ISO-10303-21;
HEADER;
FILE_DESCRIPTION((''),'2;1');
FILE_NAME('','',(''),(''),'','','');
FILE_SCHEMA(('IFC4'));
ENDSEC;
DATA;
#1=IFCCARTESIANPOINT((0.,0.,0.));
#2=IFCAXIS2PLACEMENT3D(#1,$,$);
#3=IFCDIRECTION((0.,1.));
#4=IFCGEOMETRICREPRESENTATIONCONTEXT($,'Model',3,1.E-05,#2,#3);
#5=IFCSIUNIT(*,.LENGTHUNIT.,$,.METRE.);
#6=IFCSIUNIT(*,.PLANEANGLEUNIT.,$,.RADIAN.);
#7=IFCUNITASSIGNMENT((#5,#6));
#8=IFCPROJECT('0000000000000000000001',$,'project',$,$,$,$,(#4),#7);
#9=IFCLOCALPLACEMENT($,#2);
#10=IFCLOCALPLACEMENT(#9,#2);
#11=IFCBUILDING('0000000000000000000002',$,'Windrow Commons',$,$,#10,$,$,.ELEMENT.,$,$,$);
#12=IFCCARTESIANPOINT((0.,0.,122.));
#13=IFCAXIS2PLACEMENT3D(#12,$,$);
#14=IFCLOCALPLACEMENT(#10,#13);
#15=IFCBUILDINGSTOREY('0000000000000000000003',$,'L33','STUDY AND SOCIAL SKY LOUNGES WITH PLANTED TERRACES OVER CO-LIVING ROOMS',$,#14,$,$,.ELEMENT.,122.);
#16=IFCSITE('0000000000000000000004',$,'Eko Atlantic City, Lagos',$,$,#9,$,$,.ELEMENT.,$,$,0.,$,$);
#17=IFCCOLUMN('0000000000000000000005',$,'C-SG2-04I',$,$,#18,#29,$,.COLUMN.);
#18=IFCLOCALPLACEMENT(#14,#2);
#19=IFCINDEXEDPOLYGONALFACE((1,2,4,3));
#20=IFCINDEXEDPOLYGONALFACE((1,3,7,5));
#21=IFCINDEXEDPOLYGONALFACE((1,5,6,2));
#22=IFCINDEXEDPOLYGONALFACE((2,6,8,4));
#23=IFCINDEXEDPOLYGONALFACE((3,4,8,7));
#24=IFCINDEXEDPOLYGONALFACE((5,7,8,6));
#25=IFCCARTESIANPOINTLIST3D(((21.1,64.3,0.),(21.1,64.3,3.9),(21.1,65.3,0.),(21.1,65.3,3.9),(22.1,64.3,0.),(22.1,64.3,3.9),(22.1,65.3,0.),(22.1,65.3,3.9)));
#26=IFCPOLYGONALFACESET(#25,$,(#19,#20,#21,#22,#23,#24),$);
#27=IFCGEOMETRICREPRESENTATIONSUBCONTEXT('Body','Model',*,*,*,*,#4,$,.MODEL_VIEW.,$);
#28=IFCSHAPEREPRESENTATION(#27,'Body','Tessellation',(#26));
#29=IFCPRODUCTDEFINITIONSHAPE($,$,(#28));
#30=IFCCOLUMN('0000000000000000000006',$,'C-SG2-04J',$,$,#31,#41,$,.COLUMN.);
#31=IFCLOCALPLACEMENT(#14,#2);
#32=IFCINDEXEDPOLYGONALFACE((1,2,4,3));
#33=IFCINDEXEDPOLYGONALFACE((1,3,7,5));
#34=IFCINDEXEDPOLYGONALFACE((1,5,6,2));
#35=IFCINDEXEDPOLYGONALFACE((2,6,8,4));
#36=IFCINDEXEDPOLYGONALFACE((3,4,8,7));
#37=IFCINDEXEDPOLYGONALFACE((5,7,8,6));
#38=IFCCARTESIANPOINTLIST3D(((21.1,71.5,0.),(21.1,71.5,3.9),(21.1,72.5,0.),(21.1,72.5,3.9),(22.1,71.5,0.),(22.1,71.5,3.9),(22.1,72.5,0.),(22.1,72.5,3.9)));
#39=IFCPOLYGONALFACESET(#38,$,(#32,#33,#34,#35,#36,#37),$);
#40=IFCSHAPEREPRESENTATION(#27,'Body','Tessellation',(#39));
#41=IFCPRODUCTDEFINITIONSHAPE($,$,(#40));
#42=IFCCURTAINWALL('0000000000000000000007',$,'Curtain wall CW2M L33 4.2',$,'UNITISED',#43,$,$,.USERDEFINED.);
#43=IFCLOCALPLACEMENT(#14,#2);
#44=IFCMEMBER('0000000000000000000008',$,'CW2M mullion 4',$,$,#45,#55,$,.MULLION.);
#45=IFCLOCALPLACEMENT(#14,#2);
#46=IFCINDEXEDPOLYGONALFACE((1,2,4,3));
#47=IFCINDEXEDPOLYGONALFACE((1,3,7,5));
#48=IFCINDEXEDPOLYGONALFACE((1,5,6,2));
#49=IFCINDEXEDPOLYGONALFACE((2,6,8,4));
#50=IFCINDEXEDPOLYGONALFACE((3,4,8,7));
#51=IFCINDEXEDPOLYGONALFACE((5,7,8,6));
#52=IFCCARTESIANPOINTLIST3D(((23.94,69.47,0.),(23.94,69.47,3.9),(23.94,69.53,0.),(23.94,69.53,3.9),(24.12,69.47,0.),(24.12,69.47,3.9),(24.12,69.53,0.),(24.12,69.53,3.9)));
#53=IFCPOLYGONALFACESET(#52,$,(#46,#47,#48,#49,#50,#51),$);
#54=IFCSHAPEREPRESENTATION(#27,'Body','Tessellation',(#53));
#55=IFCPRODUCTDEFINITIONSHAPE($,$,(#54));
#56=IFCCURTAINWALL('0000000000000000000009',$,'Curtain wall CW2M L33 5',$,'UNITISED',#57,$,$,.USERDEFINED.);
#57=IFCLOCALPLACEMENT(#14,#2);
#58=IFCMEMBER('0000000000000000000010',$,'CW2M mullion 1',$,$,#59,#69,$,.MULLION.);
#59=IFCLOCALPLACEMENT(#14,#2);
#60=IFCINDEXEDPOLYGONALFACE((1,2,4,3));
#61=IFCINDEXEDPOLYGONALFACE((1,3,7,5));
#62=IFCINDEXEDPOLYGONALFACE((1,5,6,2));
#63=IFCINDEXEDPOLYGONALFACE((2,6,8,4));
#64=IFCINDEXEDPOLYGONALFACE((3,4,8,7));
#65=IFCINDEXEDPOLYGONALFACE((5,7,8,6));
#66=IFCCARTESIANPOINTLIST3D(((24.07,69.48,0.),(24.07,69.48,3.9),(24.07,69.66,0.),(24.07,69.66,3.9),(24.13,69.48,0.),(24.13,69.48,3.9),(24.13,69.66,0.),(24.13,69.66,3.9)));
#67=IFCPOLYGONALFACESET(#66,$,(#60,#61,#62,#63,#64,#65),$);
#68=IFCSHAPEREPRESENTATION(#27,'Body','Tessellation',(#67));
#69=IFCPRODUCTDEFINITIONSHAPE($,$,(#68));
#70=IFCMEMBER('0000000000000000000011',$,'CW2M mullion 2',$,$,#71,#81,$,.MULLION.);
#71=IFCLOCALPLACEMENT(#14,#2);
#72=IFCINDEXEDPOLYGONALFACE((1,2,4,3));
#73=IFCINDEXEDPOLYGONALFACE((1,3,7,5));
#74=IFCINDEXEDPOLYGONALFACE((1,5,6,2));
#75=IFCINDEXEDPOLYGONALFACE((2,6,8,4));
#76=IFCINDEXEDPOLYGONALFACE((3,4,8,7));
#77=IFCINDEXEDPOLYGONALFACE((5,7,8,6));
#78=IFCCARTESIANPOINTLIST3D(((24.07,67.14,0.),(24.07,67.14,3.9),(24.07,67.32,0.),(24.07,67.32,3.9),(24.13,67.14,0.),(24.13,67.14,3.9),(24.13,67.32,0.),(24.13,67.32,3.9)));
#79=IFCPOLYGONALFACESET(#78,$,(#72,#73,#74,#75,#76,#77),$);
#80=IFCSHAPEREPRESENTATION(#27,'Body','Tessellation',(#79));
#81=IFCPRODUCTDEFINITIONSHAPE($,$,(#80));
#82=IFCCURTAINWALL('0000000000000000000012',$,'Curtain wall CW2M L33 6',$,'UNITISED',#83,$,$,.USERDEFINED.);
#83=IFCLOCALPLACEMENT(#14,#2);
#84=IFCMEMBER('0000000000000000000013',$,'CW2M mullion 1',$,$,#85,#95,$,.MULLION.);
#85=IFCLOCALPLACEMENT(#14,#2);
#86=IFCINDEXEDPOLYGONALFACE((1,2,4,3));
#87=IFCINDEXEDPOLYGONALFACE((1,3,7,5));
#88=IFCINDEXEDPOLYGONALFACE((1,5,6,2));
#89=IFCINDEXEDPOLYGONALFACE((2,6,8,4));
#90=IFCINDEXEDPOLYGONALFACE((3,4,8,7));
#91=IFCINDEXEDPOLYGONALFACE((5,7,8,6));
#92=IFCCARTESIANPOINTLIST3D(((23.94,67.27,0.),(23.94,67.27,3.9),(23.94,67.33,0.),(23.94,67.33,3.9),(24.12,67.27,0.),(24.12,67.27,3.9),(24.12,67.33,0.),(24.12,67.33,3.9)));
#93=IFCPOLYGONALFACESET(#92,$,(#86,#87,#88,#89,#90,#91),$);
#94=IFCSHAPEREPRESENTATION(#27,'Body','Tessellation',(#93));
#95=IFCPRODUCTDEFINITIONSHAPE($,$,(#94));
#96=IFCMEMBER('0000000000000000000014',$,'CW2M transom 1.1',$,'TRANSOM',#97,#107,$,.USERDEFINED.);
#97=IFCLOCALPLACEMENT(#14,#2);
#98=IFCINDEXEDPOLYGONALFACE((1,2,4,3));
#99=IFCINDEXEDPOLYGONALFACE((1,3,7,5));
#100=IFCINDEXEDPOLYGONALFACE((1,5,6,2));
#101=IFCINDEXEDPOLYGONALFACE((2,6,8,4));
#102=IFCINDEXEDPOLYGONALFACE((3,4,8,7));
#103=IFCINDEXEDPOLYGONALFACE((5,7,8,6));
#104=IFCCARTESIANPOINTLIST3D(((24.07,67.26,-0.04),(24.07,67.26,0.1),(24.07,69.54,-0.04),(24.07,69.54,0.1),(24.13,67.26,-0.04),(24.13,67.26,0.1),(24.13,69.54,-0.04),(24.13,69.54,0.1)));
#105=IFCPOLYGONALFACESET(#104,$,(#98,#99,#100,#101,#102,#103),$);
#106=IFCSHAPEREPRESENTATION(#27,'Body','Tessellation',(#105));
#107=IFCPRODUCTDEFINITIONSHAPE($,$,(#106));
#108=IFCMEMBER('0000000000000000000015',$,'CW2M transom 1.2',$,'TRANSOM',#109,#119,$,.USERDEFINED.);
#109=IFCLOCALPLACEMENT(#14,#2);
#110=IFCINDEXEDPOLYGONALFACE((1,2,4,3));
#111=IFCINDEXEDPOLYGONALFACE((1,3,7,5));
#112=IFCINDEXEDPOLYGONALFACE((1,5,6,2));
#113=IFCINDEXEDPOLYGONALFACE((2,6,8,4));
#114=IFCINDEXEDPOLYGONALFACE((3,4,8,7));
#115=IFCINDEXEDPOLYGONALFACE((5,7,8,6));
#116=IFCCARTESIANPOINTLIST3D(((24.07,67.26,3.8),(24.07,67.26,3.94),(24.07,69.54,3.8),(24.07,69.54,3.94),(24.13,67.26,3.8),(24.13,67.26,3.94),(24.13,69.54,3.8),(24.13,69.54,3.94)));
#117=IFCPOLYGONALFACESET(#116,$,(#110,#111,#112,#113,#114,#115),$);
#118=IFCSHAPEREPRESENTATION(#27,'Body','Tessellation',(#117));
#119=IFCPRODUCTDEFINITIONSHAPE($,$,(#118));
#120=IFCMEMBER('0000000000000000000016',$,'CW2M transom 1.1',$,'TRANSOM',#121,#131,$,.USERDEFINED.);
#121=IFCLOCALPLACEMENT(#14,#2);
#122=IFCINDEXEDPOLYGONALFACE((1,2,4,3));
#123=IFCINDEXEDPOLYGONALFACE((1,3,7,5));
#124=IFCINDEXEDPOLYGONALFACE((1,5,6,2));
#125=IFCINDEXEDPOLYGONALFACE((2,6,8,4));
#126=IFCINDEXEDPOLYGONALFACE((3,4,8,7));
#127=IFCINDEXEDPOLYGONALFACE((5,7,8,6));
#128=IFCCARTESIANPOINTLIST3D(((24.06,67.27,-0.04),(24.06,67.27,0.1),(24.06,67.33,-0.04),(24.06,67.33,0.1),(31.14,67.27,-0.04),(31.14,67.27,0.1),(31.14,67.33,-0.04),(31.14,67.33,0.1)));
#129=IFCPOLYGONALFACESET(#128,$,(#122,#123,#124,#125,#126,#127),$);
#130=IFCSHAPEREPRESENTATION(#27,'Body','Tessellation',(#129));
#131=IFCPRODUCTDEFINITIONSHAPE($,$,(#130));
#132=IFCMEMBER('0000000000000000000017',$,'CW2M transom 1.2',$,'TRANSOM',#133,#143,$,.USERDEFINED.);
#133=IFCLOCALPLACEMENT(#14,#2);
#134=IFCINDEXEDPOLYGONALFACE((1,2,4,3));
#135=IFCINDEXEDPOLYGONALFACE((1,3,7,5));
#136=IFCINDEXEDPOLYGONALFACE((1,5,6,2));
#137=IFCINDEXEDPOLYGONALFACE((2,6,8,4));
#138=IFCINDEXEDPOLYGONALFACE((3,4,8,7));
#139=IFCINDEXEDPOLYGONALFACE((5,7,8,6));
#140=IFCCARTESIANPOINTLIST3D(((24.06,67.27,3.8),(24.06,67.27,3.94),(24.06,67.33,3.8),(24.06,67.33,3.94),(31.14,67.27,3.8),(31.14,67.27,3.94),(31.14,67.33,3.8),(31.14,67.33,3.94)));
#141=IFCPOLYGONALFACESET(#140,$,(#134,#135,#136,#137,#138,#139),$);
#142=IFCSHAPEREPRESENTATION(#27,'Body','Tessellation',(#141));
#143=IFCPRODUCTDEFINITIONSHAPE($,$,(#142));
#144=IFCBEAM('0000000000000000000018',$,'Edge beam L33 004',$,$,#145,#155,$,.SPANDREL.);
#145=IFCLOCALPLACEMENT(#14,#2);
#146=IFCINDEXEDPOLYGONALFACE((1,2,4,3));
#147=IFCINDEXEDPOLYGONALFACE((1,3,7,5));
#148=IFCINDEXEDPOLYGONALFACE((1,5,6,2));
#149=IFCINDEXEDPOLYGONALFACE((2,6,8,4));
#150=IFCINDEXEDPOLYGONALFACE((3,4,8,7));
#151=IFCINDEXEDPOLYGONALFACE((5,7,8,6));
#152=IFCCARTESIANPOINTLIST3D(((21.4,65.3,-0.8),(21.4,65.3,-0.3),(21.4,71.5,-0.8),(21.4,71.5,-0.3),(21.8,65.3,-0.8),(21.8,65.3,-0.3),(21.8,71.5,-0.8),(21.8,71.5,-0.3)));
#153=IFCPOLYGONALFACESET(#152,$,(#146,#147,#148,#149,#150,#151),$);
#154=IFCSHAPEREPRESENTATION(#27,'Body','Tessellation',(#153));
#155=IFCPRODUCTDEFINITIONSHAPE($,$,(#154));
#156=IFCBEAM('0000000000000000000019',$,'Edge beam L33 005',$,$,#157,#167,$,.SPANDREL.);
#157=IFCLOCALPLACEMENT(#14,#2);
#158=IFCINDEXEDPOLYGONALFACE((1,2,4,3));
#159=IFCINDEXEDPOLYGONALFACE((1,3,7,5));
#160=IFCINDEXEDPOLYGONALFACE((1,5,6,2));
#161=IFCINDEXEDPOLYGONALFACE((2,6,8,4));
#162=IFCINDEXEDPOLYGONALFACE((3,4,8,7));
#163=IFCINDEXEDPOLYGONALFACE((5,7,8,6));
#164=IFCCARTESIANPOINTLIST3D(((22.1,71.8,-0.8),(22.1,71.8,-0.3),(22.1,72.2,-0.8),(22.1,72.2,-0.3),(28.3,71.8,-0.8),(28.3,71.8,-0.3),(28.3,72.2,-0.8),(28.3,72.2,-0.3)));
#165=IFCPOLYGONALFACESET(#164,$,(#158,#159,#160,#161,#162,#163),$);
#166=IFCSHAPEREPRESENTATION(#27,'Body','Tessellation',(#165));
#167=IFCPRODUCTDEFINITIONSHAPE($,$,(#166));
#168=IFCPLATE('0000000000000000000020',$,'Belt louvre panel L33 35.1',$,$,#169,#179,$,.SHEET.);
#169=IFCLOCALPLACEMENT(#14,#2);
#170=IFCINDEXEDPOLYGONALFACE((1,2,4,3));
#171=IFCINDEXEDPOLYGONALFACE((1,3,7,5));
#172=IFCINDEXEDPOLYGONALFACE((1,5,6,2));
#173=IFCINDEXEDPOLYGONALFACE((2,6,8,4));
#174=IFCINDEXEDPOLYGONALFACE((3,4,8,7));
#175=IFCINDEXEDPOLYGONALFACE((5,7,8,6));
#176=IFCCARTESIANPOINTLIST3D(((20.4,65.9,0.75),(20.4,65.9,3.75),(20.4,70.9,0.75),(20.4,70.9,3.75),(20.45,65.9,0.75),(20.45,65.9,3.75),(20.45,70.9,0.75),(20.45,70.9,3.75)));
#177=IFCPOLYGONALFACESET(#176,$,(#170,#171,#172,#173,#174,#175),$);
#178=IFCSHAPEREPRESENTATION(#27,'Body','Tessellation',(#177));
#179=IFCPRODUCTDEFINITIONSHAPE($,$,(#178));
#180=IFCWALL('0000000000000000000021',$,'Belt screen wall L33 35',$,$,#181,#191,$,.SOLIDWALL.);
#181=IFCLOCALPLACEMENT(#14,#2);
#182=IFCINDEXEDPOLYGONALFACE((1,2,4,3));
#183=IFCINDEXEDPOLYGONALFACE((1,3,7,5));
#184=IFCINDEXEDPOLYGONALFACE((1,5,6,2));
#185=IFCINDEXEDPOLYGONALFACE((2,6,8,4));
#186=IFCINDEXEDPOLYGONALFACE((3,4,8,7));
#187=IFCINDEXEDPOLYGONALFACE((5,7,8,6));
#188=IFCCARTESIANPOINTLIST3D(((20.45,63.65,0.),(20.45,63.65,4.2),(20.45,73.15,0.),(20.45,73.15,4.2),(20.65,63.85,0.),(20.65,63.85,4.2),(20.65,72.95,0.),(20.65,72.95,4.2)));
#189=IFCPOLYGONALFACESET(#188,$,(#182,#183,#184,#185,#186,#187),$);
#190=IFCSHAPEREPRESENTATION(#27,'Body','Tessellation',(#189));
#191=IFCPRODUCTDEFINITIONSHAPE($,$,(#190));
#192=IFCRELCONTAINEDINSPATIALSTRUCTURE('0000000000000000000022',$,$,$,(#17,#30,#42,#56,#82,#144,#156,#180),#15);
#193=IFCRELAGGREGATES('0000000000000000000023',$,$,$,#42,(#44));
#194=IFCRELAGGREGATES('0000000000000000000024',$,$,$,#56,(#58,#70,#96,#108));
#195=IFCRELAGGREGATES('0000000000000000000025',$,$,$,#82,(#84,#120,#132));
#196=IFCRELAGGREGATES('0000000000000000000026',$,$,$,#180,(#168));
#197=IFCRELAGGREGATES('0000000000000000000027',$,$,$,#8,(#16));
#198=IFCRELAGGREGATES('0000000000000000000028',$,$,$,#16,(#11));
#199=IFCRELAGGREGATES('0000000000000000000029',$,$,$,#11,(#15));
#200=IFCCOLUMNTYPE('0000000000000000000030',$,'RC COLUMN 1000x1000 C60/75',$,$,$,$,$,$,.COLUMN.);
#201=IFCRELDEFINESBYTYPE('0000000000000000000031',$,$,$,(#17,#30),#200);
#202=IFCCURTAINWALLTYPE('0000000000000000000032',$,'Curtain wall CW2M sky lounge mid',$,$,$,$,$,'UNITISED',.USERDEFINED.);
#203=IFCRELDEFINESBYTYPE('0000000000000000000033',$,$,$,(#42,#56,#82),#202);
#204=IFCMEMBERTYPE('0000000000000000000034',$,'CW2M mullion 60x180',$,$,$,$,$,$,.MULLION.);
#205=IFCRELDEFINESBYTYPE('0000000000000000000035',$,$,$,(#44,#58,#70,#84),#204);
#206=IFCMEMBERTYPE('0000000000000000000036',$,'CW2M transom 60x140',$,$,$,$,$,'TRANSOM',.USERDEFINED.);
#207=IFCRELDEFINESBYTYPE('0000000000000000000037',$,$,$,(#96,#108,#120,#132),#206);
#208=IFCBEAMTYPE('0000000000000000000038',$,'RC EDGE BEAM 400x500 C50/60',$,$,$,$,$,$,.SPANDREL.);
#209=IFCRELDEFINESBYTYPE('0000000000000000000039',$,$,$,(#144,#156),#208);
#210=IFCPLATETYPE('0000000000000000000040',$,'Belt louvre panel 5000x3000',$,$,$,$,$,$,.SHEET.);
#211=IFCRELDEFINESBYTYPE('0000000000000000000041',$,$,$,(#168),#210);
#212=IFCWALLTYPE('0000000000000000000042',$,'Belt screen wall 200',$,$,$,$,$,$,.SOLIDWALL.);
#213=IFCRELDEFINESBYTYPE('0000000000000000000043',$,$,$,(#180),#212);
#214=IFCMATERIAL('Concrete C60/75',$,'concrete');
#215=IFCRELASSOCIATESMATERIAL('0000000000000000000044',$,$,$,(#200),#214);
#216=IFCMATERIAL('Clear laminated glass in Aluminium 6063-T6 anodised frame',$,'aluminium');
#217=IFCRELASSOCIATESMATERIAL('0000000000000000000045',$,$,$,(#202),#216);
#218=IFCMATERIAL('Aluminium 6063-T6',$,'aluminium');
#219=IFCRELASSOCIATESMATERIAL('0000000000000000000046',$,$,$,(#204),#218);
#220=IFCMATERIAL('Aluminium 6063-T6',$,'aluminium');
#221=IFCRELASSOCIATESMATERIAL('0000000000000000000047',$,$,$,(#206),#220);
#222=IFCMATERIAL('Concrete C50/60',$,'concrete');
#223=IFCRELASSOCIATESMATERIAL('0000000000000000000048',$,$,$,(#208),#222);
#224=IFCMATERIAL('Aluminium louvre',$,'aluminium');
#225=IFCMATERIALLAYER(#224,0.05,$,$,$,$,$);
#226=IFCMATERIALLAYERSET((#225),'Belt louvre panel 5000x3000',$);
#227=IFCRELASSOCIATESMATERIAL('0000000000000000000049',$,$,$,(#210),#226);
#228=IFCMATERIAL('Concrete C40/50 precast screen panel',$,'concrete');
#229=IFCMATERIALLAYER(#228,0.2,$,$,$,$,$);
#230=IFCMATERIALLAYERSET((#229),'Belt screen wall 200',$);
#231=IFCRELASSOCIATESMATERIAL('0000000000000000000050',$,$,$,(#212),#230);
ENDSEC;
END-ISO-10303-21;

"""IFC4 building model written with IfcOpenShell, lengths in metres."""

from ifc_helpers import new_model, si_unit, direction, frame, origin, origin_2d, place, context, subcontext, project, spatial, polyline, rectangle, outline, extrude, material, layer, layer_set, material_profile, profile_set, type_object, element, aggregate, save


model = new_model("IFC4")

# Units and contexts
model_context = context("Model", 3, precision=1e-05, world=origin(), true_north=direction((0.0, 1.0)))
body_context = subcontext(model_context, "Body", "Model", "MODEL_VIEW")
ifc_project = project(units=[si_unit("LENGTHUNIT", "METRE"), si_unit("PLANEANGLEUNIT", "RADIAN")], contexts=[model_context])

# Site, building, storey
site_placement = place(None, origin())
site = spatial("IfcSite", under=ifc_project, at=site_placement, Name="Eko Atlantic City, Lagos", CompositionType="ELEMENT", RefElevation=0.0)
building_placement = place(site_placement, origin())
building = spatial("IfcBuilding", under=site, at=building_placement, Name="Windrow Commons", CompositionType="ELEMENT")
storey_placement = place(building_placement, frame((0.0, 0.0, 122.0)))
storey = spatial("IfcBuildingStorey", under=building, at=storey_placement, Name="L33", Description="STUDY AND SOCIAL SKY LOUNGES WITH PLANTED TERRACES OVER CO-LIVING ROOMS", CompositionType="ELEMENT", Elevation=122.0)

# Columns
ifc_material_1 = material(Name="Concrete C60/75", Category="concrete")
ifc_material_profile_1 = material_profile(ifc_material_1, rectangle(XDim=1.0, YDim=1.0, at=origin_2d()))
ifc_profile_set_1 = profile_set([ifc_material_profile_1], Name="Concrete C60/75")
column_type = type_object("IfcColumnType", Name="RC COLUMN 1000x1000 C60/75", PredefinedType="COLUMN", material=ifc_profile_set_1)
for number, where, z_axis, x_axis, name in (
    (1, (21.6, 64.8, 0.0), (0.0, 0.0, 1.0), (1.0, 0.0, 0.0), "C-SG2-04I"),
    (2, (21.6, 72.0, 0.0), (0.0, 0.0, 1.0), (1.0, 0.0, 0.0), "C-SG2-04J"),
):
    element("IfcColumn", number, at=place(storey_placement, frame(where, z_axis=z_axis, x_axis=x_axis)), inside=storey, type_object=column_type, Name=name, PredefinedType="COLUMN", context=body_context, shape_type="SweptSolid", body=[
        extrude(rectangle(XDim=1.0, YDim=1.0, at=origin_2d()), origin(), (0.0, 0.0, 1.0), 3.9),
    ])

# Curtain wall, member
ifc_material_2 = material(Name="Clear laminated glass in Aluminium 6063-T6 anodised frame", Category="aluminium")
curtain_wall_type = type_object("IfcCurtainWallType", Name="Curtain wall CW2M sky lounge mid", ElementType="UNITISED", PredefinedType="USERDEFINED", material=ifc_material_2)
placement = place(storey_placement, origin())
curtain_wall_1 = element("IfcCurtainWall", 3, at=placement, inside=storey, type_object=curtain_wall_type, Name="Curtain wall CW2M L33 4.2", ObjectType="UNITISED", PredefinedType="USERDEFINED")
ifc_material_3 = material(Name="Aluminium 6063-T6", Category="aluminium")
ifc_material_profile_2 = material_profile(ifc_material_3, rectangle(XDim=0.06, YDim=0.18, at=origin_2d()))
ifc_profile_set_2 = profile_set([ifc_material_profile_2], Name="Aluminium 6063-T6")
member_type_1 = type_object("IfcMemberType", Name="CW2M mullion 60x180", PredefinedType="MULLION", material=ifc_profile_set_2)
member_1_placement = place(storey_placement, frame((24.03, 69.5, 0.0), z_axis=(0.0, 0.0, 1.0), x_axis=(0.0, -1.0, 0.0)))
member_1 = element("IfcMember", 4, at=member_1_placement, type_object=member_type_1, Name="CW2M mullion 4", PredefinedType="MULLION", context=body_context, shape_type="SweptSolid", body=[
    extrude(rectangle(XDim=0.06, YDim=0.18, at=origin_2d()), origin(), (0.0, 0.0, 1.0), 3.9),
])
aggregate(curtain_wall_1, [member_1])

# Curtain wall, members
curtain_wall_2 = element("IfcCurtainWall", 5, at=placement, inside=storey, type_object=curtain_wall_type, Name="Curtain wall CW2M L33 5", ObjectType="UNITISED", PredefinedType="USERDEFINED")
member_2_placement = place(storey_placement, frame((24.1, 69.57, 0.0), z_axis=(0.0, 0.0, 1.0), x_axis=(1.0, 0.0, 0.0)))
member_2 = element("IfcMember", 6, at=member_2_placement, type_object=member_type_1, Name="CW2M mullion 1", PredefinedType="MULLION", context=body_context, shape_type="SweptSolid", body=[
    extrude(rectangle(XDim=0.06, YDim=0.18, at=origin_2d()), origin(), (0.0, 0.0, 1.0), 3.9),
])
member_3_placement = place(storey_placement, frame((24.1, 67.23, 0.0), z_axis=(0.0, 0.0, 1.0), x_axis=(1.0, 0.0, 0.0)))
member_3 = element("IfcMember", 7, at=member_3_placement, type_object=member_type_1, Name="CW2M mullion 2", PredefinedType="MULLION", context=body_context, shape_type="SweptSolid", body=[
    extrude(rectangle(XDim=0.06, YDim=0.18, at=origin_2d()), origin(), (0.0, 0.0, 1.0), 3.9),
])

# Curtain wall, member
curtain_wall_3 = element("IfcCurtainWall", 8, at=placement, inside=storey, type_object=curtain_wall_type, Name="Curtain wall CW2M L33 6", ObjectType="UNITISED", PredefinedType="USERDEFINED")
member_4_placement = place(storey_placement, frame((24.03, 67.3, 0.0), z_axis=(0.0, 0.0, 1.0), x_axis=(0.0, 1.0, 0.0)))
member_4 = element("IfcMember", 9, at=member_4_placement, type_object=member_type_1, Name="CW2M mullion 1", PredefinedType="MULLION", context=body_context, shape_type="SweptSolid", body=[
    extrude(rectangle(XDim=0.06, YDim=0.18, at=origin_2d()), origin(), (0.0, 0.0, 1.0), 3.9),
])

# Members
ifc_material_4 = material(Name="Aluminium 6063-T6", Category="aluminium")
ifc_material_profile_3 = material_profile(ifc_material_4, rectangle(XDim=0.06, YDim=0.14, at=origin_2d()))
ifc_profile_set_3 = profile_set([ifc_material_profile_3], Name="Aluminium 6063-T6")
member_type_2 = type_object("IfcMemberType", Name="CW2M transom 60x140", ElementType="TRANSOM", PredefinedType="USERDEFINED", material=ifc_profile_set_3)
member_5_placement = place(storey_placement, frame((24.1, 69.54, 0.03), z_axis=(0.0, -1.0, 0.0), x_axis=(1.0, 0.0, 0.0)))
member_5 = element("IfcMember", 10, at=member_5_placement, type_object=member_type_2, Name="CW2M transom 1.1", ObjectType="TRANSOM", PredefinedType="USERDEFINED", context=body_context, shape_type="SweptSolid", body=[
    extrude(rectangle(XDim=0.06, YDim=0.14, at=origin_2d()), origin(), (0.0, 0.0, 1.0), 2.28),
])
member_6_placement = place(storey_placement, frame((24.1, 69.54, 3.87), z_axis=(0.0, -1.0, 0.0), x_axis=(1.0, 0.0, 0.0)))
member_6 = element("IfcMember", 11, at=member_6_placement, type_object=member_type_2, Name="CW2M transom 1.2", ObjectType="TRANSOM", PredefinedType="USERDEFINED", context=body_context, shape_type="SweptSolid", body=[
    extrude(rectangle(XDim=0.06, YDim=0.14, at=origin_2d()), origin(), (0.0, 0.0, 1.0), 2.28),
])
member_7_placement = place(storey_placement, frame((24.06, 67.3, 0.03), z_axis=(1.0, 0.0, 0.0), x_axis=(0.0, 1.0, 0.0)))
member_7 = element("IfcMember", 12, at=member_7_placement, type_object=member_type_2, Name="CW2M transom 1.1", ObjectType="TRANSOM", PredefinedType="USERDEFINED", context=body_context, shape_type="SweptSolid", body=[
    extrude(rectangle(XDim=0.06, YDim=0.14, at=origin_2d()), origin(), (0.0, 0.0, 1.0), 7.08),
])
member_8_placement = place(storey_placement, frame((24.06, 67.3, 3.87), z_axis=(1.0, 0.0, 0.0), x_axis=(0.0, 1.0, 0.0)))
member_8 = element("IfcMember", 13, at=member_8_placement, type_object=member_type_2, Name="CW2M transom 1.2", ObjectType="TRANSOM", PredefinedType="USERDEFINED", context=body_context, shape_type="SweptSolid", body=[
    extrude(rectangle(XDim=0.06, YDim=0.14, at=origin_2d()), origin(), (0.0, 0.0, 1.0), 7.08),
])

# Beams
ifc_material_5 = material(Name="Concrete C50/60", Category="concrete")
ifc_material_profile_4 = material_profile(ifc_material_5, rectangle(XDim=0.4, YDim=0.5, at=origin_2d()))
ifc_profile_set_4 = profile_set([ifc_material_profile_4], Name="Concrete C50/60")
beam_type = type_object("IfcBeamType", Name="RC EDGE BEAM 400x500 C50/60", PredefinedType="SPANDREL", material=ifc_profile_set_4)
for number, where, z_axis, x_axis, name in (
    (14, (21.6, 65.3, -0.55), (0.0, 1.0, 0.0), (-1.0, 0.0, 0.0), "Edge beam L33 004"),
    (15, (22.1, 72.0, -0.55), (1.0, 0.0, 0.0), (0.0, 1.0, 0.0), "Edge beam L33 005"),
):
    element("IfcBeam", number, at=place(storey_placement, frame(where, z_axis=z_axis, x_axis=x_axis)), inside=storey, type_object=beam_type, Name=name, PredefinedType="SPANDREL", context=body_context, shape_type="SweptSolid", body=[
        extrude(rectangle(XDim=0.4, YDim=0.5, at=origin_2d()), origin(), (0.0, 0.0, 1.0), 6.2),
    ])

# Plate
ifc_material_6 = material(Name="Aluminium louvre", Category="aluminium")
ifc_layer_1 = layer(ifc_material_6, 0.05)
ifc_layer_set_1 = layer_set([ifc_layer_1], Name="Belt louvre panel 5000x3000")
plate_type_1 = type_object("IfcPlateType", Name="Belt louvre panel 5000x3000", PredefinedType="SHEET", material=ifc_layer_set_1)
plate_1_placement = place(storey_placement, frame((20.4, 70.9, 0.75), z_axis=(-1.0, 0.0, 0.0), x_axis=(0.0, -1.0, 0.0)))
plate_1 = element("IfcPlate", 16, at=plate_1_placement, type_object=plate_type_1, Name="Belt louvre panel L33 35.1", PredefinedType="SHEET", context=body_context, shape_type="SweptSolid", body=[
    extrude(outline(polyline([(0.0, 0.0), (5.0, 0.0), (5.0, 3.0), (0.0, 3.0), (0.0, 0.0)])), origin(), (0.0, 0.0, -1.0), 0.05),
])
aggregate(curtain_wall_2, [member_2, member_3, member_5, member_6])
aggregate(curtain_wall_3, [member_4, member_7, member_8])

# Wall
ifc_material_7 = material(Name="Concrete C40/50 precast screen panel", Category="concrete")
ifc_layer_2 = layer(ifc_material_7, 0.2)
ifc_layer_set_2 = layer_set([ifc_layer_2], Name="Belt screen wall 200")
wall_type_1 = type_object("IfcWallType", Name="Belt screen wall 200", PredefinedType="SOLIDWALL", material=ifc_layer_set_2)
wall_1_placement = place(storey_placement, frame((20.55, 73.05, 0.0), z_axis=(0.0, 0.0, 1.0), x_axis=(0.0, -1.0, 0.0)))
wall_1 = element("IfcWall", 17, at=wall_1_placement, inside=storey, type_object=wall_type_1, Name="Belt screen wall L33 35", PredefinedType="SOLIDWALL", context=body_context, shape_type="SweptSolid", body=[
    extrude(outline(polyline([(-0.1, -0.1), (9.4, -0.1), (9.2, 0.1), (0.1, 0.1), (-0.1, -0.1)])), origin(), (0.0, 0.0, 1.0), 4.2),
])
aggregate(wall_1, [plate_1])

save(model, "model.ifc")
